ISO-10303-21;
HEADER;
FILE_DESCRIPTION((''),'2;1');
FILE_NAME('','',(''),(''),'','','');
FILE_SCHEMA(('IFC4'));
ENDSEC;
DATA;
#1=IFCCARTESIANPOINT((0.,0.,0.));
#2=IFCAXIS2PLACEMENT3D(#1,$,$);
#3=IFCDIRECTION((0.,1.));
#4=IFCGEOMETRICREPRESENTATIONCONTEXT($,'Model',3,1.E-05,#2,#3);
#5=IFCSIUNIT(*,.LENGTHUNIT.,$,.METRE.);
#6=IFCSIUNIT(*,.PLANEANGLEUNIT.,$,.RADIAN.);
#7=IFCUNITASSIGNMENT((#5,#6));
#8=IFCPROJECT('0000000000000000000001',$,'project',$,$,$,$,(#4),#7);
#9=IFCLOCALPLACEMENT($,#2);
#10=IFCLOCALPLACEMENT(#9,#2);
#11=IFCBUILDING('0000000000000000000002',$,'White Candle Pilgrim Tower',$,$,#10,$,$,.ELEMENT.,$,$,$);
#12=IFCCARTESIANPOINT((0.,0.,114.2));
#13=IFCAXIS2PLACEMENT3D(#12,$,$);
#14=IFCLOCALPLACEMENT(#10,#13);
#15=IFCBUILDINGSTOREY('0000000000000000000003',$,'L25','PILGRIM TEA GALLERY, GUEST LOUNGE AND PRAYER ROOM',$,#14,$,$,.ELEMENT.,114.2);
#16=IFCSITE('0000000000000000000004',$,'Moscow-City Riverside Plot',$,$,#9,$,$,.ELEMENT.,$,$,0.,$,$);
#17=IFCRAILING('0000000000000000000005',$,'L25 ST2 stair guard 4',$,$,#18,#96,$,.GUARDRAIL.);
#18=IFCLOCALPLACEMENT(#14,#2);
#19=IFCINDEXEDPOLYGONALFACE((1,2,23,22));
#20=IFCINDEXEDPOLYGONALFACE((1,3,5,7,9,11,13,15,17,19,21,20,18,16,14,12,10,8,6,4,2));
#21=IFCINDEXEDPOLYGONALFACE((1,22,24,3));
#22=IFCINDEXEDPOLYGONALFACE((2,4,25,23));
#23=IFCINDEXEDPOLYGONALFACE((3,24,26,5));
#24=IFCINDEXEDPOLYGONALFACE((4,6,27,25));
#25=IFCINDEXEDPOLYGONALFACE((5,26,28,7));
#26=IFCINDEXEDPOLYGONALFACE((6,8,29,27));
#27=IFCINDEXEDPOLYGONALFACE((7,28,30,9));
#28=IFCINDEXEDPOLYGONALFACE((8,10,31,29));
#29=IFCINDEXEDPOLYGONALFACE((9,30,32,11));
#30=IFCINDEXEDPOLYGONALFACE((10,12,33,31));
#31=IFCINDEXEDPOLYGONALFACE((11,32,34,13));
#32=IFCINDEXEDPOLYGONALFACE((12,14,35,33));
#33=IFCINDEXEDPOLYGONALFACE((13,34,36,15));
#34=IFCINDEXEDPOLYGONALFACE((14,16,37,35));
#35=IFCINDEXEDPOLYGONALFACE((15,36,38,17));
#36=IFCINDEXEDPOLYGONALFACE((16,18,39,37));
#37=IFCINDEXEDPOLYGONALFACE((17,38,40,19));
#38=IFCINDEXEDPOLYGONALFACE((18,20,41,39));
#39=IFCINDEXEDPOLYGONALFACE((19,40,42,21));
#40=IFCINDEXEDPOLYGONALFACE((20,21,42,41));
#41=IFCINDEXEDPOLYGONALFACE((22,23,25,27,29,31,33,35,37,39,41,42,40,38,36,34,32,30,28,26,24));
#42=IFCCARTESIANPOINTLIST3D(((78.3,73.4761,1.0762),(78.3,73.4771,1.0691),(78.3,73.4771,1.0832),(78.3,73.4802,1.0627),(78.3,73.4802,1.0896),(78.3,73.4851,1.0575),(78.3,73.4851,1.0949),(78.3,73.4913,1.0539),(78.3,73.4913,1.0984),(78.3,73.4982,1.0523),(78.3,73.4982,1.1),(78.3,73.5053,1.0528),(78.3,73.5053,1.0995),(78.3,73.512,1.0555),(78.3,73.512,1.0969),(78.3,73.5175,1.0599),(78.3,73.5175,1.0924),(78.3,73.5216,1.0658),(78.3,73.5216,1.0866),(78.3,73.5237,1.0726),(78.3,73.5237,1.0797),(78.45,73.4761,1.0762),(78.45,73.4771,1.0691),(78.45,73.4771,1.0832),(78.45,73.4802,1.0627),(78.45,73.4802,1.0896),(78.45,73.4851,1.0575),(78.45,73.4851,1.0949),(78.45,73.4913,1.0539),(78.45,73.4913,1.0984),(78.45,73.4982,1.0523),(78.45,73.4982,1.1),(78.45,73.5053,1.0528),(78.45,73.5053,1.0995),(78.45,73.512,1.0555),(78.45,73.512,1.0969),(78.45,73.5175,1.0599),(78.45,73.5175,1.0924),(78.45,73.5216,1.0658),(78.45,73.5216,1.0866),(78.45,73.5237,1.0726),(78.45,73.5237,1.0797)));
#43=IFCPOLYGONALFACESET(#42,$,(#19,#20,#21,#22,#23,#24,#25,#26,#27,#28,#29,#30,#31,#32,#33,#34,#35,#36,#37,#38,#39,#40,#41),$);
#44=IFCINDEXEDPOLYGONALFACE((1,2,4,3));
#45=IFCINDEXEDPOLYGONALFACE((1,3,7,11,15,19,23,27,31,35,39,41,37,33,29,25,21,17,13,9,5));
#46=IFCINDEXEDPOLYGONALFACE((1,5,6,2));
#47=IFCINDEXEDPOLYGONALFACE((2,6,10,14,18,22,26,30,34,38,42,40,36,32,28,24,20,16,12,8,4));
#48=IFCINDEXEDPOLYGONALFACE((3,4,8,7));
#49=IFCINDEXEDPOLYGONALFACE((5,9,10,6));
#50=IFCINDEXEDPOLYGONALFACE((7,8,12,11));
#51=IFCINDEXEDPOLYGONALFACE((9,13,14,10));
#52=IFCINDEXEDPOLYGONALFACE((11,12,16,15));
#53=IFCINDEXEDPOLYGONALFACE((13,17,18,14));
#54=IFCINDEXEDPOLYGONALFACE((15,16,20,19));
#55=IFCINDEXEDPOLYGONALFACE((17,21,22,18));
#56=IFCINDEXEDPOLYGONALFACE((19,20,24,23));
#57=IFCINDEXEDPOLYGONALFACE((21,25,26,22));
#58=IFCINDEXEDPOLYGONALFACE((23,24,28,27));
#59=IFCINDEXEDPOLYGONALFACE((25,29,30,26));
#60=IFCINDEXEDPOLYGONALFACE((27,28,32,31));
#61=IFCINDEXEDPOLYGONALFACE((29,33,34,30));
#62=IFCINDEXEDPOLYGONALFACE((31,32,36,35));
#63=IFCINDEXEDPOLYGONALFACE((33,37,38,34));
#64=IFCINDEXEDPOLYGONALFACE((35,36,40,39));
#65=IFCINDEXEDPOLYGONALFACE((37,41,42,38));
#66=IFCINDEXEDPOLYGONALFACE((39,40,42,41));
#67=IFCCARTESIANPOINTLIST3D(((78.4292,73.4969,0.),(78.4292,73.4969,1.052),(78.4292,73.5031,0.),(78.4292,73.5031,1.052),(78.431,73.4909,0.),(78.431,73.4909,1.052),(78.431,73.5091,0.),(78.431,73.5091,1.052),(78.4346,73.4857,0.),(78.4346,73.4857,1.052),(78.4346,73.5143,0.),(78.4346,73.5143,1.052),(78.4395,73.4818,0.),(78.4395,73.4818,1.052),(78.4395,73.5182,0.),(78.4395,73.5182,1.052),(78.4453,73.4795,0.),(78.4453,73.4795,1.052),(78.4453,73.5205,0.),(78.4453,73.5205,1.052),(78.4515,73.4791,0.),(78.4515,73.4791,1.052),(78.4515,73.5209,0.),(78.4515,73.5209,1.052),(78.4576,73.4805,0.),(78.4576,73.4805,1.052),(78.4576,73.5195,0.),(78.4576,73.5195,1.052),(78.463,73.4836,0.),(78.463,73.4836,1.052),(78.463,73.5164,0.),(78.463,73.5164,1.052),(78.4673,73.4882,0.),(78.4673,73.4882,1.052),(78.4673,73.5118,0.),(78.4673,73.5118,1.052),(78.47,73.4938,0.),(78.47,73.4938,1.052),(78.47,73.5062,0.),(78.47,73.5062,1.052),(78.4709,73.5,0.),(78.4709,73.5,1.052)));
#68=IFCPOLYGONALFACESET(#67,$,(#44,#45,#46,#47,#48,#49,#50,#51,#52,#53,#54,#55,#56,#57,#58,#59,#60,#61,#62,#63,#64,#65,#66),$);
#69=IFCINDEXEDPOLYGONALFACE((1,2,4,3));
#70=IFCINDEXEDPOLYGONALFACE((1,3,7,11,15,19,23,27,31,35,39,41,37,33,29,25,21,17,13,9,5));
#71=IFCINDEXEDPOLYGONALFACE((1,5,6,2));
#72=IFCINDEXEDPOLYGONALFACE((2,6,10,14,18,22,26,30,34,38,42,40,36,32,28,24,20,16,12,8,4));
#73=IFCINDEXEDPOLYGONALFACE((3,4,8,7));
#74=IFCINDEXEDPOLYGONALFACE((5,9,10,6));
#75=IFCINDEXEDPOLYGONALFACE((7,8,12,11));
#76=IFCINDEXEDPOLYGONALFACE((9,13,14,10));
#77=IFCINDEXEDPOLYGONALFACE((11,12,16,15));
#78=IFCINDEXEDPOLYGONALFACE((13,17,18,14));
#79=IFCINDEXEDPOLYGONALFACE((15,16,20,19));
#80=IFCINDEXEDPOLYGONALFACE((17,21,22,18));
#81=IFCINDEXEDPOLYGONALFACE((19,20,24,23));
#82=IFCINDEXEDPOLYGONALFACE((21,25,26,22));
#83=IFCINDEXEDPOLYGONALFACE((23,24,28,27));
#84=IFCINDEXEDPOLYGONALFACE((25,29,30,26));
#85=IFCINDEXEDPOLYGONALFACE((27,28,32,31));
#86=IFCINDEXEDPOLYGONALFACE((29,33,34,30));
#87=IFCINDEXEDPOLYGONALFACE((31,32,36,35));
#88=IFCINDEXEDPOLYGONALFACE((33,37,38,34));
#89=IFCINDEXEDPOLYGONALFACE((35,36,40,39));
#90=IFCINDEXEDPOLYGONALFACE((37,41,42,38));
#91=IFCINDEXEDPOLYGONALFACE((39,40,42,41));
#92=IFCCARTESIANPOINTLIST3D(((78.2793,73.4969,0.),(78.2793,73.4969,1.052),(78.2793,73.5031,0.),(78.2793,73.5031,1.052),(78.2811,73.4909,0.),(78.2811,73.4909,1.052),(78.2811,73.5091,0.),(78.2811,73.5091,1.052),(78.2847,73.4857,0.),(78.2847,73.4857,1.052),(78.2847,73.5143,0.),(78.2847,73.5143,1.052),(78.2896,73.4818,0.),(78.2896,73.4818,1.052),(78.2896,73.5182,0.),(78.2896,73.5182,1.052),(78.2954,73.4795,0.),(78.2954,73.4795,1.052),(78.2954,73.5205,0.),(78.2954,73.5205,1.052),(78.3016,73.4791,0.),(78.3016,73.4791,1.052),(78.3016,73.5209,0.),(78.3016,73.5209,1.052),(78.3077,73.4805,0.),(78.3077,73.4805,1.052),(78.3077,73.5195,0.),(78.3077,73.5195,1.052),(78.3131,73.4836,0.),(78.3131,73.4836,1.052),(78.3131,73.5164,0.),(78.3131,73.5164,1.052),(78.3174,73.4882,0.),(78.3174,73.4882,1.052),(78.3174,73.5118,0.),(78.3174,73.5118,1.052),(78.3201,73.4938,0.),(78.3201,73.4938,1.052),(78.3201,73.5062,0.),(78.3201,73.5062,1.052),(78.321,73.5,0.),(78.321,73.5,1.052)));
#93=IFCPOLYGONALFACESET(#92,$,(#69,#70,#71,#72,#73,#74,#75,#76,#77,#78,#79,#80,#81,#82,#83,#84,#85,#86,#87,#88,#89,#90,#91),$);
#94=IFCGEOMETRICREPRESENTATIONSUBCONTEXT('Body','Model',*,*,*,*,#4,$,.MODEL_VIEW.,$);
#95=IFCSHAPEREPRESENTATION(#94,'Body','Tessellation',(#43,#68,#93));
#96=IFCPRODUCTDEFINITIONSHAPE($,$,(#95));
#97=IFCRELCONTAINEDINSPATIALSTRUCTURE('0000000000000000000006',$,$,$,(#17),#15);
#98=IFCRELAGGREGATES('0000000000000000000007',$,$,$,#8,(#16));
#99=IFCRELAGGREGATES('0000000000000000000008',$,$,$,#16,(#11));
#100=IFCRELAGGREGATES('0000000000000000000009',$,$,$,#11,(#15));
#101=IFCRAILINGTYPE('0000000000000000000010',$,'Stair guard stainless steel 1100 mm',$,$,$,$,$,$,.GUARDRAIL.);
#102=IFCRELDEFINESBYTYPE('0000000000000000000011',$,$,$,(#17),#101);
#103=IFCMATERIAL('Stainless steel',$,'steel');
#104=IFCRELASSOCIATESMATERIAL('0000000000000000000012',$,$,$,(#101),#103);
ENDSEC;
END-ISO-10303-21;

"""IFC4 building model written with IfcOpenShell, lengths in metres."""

from ifc_helpers import new_model, si_unit, direction, frame, origin, origin_2d, place, context, subcontext, project, spatial, circle, extrude, material, type_object, element, save


model = new_model("IFC4")

# Units and contexts
model_context = context("Model", 3, precision=1e-05, world=origin(), true_north=direction((0.0, 1.0)))
body_context = subcontext(model_context, "Body", "Model", "MODEL_VIEW")
ifc_project = project(units=[si_unit("LENGTHUNIT", "METRE"), si_unit("PLANEANGLEUNIT", "RADIAN")], contexts=[model_context])

# Site, building, storey
site_placement = place(None, origin())
site = spatial("IfcSite", under=ifc_project, at=site_placement, Name="Moscow-City Riverside Plot", CompositionType="ELEMENT", RefElevation=0.0)
building_placement = place(site_placement, origin())
building = spatial("IfcBuilding", under=site, at=building_placement, Name="White Candle Pilgrim Tower", CompositionType="ELEMENT")
storey_placement = place(building_placement, frame((0.0, 0.0, 114.2)))
storey = spatial("IfcBuildingStorey", under=building, at=storey_placement, Name="L25", Description="PILGRIM TEA GALLERY, GUEST LOUNGE AND PRAYER ROOM", CompositionType="ELEMENT", Elevation=114.2)

# Railing
ifc_material_1 = material(Name="Stainless steel", Category="steel")
railing_type_1 = type_object("IfcRailingType", Name="Stair guard stainless steel 1100 mm", PredefinedType="GUARDRAIL", material=ifc_material_1)
railing_1_placement = place(storey_placement, frame((78.45, 73.5, 0.0)))
element("IfcRailing", 1, at=railing_1_placement, inside=storey, type_object=railing_type_1, Name="L25 ST2 stair guard 4", PredefinedType="GUARDRAIL", context=body_context, shape_type="SweptSolid", body=[
    extrude(circle(Radius=0.0239, at=origin_2d()), frame((0.0, 0.0, 1.0762), z_axis=(-1.0, 0.0, 0.0), x_axis=(0.0, -1.0, 0.0)), (0.0, 0.0, 1.0), 0.1499),
    extrude(circle(Radius=0.021, at=origin_2d()), origin(), (0.0, 0.0, 1.0), 1.052),
    extrude(circle(Radius=0.021, at=origin_2d()), frame((-0.1499, 0.0, 0.0)), (0.0, 0.0, 1.0), 1.052),
])

save(model, "model.ifc")
